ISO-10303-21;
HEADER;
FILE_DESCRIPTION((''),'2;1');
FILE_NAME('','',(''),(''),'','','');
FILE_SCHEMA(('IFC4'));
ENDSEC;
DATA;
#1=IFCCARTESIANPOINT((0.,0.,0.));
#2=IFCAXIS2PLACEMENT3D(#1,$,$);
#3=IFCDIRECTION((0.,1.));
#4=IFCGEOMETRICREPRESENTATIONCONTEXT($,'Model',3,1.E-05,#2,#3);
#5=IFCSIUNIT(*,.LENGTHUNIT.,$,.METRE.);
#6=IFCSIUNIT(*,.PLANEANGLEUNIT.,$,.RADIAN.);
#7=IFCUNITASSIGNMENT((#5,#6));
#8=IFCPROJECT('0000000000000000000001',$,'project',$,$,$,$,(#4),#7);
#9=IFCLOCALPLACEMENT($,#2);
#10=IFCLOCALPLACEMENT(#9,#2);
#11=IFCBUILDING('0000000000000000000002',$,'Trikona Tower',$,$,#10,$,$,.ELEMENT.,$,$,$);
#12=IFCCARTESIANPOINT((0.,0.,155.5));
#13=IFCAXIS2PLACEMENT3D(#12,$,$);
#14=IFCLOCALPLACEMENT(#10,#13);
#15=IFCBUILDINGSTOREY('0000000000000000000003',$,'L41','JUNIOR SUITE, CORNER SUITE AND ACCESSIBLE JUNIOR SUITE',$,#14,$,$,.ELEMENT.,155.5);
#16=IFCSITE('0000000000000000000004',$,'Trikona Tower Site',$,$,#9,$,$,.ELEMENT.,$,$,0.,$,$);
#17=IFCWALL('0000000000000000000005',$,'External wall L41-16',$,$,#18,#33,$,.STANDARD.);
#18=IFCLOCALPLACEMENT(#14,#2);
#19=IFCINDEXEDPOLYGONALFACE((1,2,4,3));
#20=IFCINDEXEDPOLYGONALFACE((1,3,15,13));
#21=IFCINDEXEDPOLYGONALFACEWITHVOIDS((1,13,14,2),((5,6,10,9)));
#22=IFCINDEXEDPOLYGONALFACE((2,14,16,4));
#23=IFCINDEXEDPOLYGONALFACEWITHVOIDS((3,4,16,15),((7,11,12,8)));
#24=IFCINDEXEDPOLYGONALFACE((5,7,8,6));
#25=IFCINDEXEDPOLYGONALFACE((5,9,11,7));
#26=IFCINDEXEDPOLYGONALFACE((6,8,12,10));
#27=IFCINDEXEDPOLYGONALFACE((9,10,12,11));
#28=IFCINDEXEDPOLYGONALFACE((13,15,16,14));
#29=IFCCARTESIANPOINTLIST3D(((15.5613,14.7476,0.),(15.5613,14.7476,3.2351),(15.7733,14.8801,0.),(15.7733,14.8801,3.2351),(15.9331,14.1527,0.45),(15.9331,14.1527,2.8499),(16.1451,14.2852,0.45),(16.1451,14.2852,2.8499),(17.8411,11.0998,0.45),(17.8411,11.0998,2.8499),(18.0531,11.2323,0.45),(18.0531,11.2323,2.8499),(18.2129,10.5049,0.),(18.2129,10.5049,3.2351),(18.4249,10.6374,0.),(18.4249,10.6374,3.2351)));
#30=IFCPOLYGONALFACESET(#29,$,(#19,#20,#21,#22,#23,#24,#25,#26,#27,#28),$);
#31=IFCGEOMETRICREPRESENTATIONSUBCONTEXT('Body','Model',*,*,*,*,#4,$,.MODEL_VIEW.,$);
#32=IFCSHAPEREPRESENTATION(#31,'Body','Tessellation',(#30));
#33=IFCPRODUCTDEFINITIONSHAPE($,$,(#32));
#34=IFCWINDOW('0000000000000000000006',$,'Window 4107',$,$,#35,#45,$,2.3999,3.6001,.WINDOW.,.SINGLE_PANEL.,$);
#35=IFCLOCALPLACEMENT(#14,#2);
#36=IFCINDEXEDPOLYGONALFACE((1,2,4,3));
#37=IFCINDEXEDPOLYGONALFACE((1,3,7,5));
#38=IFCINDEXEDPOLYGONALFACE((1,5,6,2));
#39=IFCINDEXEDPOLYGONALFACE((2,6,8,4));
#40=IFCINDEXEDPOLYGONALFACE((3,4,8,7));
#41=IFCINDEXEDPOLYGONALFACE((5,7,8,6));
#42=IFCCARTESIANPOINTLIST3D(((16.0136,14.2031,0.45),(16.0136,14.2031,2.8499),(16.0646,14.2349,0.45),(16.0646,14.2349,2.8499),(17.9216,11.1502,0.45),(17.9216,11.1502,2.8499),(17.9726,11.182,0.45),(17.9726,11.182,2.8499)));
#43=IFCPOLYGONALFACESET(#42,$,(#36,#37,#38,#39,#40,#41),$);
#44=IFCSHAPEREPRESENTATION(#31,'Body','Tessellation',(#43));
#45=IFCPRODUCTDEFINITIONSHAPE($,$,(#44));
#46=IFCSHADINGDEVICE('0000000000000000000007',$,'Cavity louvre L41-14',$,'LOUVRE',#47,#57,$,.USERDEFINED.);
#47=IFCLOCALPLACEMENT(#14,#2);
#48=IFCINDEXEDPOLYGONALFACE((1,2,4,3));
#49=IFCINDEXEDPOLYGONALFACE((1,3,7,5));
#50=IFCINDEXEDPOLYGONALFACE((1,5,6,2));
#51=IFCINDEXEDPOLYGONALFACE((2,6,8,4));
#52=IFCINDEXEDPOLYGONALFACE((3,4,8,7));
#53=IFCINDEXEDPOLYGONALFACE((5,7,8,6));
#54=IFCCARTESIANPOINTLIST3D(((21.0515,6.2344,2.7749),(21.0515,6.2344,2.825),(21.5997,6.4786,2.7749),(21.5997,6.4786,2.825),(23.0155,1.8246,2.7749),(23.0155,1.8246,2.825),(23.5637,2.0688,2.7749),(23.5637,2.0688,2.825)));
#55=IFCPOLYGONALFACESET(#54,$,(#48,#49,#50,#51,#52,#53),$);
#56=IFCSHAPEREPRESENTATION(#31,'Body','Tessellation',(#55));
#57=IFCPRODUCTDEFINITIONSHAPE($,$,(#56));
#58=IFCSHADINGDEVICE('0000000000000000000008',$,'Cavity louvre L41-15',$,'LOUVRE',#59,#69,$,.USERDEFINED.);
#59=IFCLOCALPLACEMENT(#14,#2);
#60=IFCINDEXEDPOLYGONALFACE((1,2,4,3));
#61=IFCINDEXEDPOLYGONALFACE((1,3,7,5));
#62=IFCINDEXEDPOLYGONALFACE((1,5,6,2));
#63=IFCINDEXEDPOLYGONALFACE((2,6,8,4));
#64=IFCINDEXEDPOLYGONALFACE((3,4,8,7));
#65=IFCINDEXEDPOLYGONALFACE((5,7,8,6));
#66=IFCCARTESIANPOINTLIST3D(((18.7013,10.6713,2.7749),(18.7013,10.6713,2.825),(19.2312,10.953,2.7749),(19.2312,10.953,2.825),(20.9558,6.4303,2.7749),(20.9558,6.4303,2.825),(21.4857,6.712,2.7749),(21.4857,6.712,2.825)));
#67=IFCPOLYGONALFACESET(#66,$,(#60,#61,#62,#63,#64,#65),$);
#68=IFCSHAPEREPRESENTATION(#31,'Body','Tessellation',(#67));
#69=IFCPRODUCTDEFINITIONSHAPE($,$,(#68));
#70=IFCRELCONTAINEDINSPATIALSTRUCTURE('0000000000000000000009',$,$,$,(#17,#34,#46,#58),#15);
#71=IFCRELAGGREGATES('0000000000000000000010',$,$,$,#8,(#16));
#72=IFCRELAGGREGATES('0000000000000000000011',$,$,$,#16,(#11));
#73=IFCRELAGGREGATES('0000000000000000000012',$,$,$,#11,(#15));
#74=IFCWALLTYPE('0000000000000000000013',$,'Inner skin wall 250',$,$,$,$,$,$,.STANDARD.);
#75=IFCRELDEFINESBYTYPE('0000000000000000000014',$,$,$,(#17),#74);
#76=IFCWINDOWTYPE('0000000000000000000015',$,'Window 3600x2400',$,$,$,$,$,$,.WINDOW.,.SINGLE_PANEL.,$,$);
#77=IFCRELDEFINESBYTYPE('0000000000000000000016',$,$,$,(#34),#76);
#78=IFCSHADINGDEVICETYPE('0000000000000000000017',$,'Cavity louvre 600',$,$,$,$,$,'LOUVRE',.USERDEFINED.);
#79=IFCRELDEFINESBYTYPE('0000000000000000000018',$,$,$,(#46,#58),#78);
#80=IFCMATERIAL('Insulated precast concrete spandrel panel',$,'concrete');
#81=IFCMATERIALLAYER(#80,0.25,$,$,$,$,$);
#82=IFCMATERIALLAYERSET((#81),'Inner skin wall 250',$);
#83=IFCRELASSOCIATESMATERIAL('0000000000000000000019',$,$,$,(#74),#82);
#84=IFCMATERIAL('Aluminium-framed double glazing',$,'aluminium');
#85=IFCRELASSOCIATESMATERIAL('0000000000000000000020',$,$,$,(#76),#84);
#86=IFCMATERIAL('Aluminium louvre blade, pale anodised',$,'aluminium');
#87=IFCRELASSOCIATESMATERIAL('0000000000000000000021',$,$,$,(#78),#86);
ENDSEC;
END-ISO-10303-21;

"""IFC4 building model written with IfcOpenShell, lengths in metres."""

from ifc_helpers import new_model, si_unit, direction, frame, frame_2d, origin, origin_2d, place, context, subcontext, project, spatial, rectangle, extrude, material, layer, layer_set, type_object, element, fill, save


model = new_model("IFC4")

# Units and contexts
model_context = context("Model", 3, precision=1e-05, world=origin(), true_north=direction((0.0, 1.0)))
body_context = subcontext(model_context, "Body", "Model", "MODEL_VIEW")
ifc_project = project(units=[si_unit("LENGTHUNIT", "METRE"), si_unit("PLANEANGLEUNIT", "RADIAN")], contexts=[model_context])

# Site, building, storey
site_placement = place(None, origin())
site = spatial("IfcSite", under=ifc_project, at=site_placement, Name="Trikona Tower Site", CompositionType="ELEMENT", RefElevation=0.0)
building_placement = place(site_placement, origin())
building = spatial("IfcBuilding", under=site, at=building_placement, Name="Trikona Tower", CompositionType="ELEMENT")
storey_placement = place(building_placement, frame((0.0, 0.0, 155.5)))
storey = spatial("IfcBuildingStorey", under=building, at=storey_placement, Name="L41", Description="JUNIOR SUITE, CORNER SUITE AND ACCESSIBLE JUNIOR SUITE", CompositionType="ELEMENT", Elevation=155.5)

# Wall, opening, window
ifc_material_1 = material(Name="Insulated precast concrete spandrel panel", Category="concrete")
ifc_layer_1 = layer(ifc_material_1, 0.25)
ifc_layer_set_1 = layer_set([ifc_layer_1], Name="Inner skin wall 250")
wall_type_1 = type_object("IfcWallType", Name="Inner skin wall 250", PredefinedType="STANDARD", material=ifc_layer_set_1)
ifc_material_2 = material(Name="Aluminium-framed double glazing", Category="aluminium")
window_type = type_object("IfcWindowType", Name="Window 3600x2400", PartitioningType="SINGLE_PANEL", PredefinedType="WINDOW", material=ifc_material_2)
wall_1_placement = place(storey_placement, frame((18.3188, 10.5713, 0.0), z_axis=(0.0, 0.0, 1.0), x_axis=(-0.52999, 0.848004, 0.0)))
wall_1 = element("IfcWall", 1, at=wall_1_placement, inside=storey, type_object=wall_type_1, Name="External wall L41-16", PredefinedType="STANDARD", context=body_context, shape_type="SweptSolid", body=[
    extrude(rectangle(XDim=5.0032, YDim=0.25, at=frame_2d((2.5015, 0.0))), origin(), (0.0, 0.0, 1.0), 3.2351),
])
opening_1_placement = place(wall_1_placement, frame((0.7014, 0.0, 0.45)))
opening_1 = element("IfcOpeningElement", 2, at=opening_1_placement, cuts=wall_1, PredefinedType="OPENING", context=body_context, shape_type="SweptSolid", body=[
    extrude(rectangle(XDim=3.6001, YDim=2.3999, at=frame_2d((1.8, 1.2))), frame((0.0, 0.135, 0.0), z_axis=(0.0, -1.0, 0.0), x_axis=(1.0, 0.0, 0.0)), (0.0, 0.0, 1.0), 0.27),
])
window_1_placement = place(opening_1_placement, origin())
window_1 = element("IfcWindow", 3, at=window_1_placement, inside=storey, type_object=window_type, Name="Window 4107", OverallHeight=2.3999, OverallWidth=3.6001, PartitioningType="SINGLE_PANEL", PredefinedType="WINDOW", context=body_context, shape_type="SweptSolid", body=[
    extrude(rectangle(XDim=3.6001, YDim=2.3999, at=frame_2d((1.8, 1.2))), frame((0.0, 0.03, 0.0), z_axis=(0.0, -1.0, 0.0), x_axis=(1.0, 0.0, 0.0)), (0.0, 0.0, 1.0), 0.0601),
])
fill(opening_1, window_1)

# Shading devices
ifc_material_3 = material(Name="Aluminium louvre blade, pale anodised", Category="aluminium")
shading_device_type = type_object("IfcShadingDeviceType", Name="Cavity louvre 600", ElementType="LOUVRE", PredefinedType="USERDEFINED", material=ifc_material_3)
shading_device_1_placement = place(storey_placement, frame((22.3076, 4.1516, 2.7749), z_axis=(0.0, 0.0, 1.0), x_axis=(-0.406843, 0.913498, 0.0)))
element("IfcShadingDevice", 4, at=shading_device_1_placement, inside=storey, type_object=shading_device_type, Name="Cavity louvre L41-14", ObjectType="LOUVRE", PredefinedType="USERDEFINED", context=body_context, shape_type="SweptSolid", body=[
    extrude(rectangle(XDim=4.8274, YDim=0.6001, at=origin_2d()), origin(), (0.0, 0.0, 1.0), 0.05),
])
shading_device_2_placement = place(storey_placement, frame((20.0935, 8.6917, 2.7749), z_axis=(0.0, 0.0, 1.0), x_axis=(-0.469398, 0.882987, 0.0)))
element("IfcShadingDevice", 5, at=shading_device_2_placement, inside=storey, type_object=shading_device_type, Name="Cavity louvre L41-15", ObjectType="LOUVRE", PredefinedType="USERDEFINED", context=body_context, shape_type="SweptSolid", body=[
    extrude(rectangle(XDim=4.803, YDim=0.6001, at=origin_2d()), origin(), (0.0, 0.0, 1.0), 0.05),
])

save(model, "model.ifc")
